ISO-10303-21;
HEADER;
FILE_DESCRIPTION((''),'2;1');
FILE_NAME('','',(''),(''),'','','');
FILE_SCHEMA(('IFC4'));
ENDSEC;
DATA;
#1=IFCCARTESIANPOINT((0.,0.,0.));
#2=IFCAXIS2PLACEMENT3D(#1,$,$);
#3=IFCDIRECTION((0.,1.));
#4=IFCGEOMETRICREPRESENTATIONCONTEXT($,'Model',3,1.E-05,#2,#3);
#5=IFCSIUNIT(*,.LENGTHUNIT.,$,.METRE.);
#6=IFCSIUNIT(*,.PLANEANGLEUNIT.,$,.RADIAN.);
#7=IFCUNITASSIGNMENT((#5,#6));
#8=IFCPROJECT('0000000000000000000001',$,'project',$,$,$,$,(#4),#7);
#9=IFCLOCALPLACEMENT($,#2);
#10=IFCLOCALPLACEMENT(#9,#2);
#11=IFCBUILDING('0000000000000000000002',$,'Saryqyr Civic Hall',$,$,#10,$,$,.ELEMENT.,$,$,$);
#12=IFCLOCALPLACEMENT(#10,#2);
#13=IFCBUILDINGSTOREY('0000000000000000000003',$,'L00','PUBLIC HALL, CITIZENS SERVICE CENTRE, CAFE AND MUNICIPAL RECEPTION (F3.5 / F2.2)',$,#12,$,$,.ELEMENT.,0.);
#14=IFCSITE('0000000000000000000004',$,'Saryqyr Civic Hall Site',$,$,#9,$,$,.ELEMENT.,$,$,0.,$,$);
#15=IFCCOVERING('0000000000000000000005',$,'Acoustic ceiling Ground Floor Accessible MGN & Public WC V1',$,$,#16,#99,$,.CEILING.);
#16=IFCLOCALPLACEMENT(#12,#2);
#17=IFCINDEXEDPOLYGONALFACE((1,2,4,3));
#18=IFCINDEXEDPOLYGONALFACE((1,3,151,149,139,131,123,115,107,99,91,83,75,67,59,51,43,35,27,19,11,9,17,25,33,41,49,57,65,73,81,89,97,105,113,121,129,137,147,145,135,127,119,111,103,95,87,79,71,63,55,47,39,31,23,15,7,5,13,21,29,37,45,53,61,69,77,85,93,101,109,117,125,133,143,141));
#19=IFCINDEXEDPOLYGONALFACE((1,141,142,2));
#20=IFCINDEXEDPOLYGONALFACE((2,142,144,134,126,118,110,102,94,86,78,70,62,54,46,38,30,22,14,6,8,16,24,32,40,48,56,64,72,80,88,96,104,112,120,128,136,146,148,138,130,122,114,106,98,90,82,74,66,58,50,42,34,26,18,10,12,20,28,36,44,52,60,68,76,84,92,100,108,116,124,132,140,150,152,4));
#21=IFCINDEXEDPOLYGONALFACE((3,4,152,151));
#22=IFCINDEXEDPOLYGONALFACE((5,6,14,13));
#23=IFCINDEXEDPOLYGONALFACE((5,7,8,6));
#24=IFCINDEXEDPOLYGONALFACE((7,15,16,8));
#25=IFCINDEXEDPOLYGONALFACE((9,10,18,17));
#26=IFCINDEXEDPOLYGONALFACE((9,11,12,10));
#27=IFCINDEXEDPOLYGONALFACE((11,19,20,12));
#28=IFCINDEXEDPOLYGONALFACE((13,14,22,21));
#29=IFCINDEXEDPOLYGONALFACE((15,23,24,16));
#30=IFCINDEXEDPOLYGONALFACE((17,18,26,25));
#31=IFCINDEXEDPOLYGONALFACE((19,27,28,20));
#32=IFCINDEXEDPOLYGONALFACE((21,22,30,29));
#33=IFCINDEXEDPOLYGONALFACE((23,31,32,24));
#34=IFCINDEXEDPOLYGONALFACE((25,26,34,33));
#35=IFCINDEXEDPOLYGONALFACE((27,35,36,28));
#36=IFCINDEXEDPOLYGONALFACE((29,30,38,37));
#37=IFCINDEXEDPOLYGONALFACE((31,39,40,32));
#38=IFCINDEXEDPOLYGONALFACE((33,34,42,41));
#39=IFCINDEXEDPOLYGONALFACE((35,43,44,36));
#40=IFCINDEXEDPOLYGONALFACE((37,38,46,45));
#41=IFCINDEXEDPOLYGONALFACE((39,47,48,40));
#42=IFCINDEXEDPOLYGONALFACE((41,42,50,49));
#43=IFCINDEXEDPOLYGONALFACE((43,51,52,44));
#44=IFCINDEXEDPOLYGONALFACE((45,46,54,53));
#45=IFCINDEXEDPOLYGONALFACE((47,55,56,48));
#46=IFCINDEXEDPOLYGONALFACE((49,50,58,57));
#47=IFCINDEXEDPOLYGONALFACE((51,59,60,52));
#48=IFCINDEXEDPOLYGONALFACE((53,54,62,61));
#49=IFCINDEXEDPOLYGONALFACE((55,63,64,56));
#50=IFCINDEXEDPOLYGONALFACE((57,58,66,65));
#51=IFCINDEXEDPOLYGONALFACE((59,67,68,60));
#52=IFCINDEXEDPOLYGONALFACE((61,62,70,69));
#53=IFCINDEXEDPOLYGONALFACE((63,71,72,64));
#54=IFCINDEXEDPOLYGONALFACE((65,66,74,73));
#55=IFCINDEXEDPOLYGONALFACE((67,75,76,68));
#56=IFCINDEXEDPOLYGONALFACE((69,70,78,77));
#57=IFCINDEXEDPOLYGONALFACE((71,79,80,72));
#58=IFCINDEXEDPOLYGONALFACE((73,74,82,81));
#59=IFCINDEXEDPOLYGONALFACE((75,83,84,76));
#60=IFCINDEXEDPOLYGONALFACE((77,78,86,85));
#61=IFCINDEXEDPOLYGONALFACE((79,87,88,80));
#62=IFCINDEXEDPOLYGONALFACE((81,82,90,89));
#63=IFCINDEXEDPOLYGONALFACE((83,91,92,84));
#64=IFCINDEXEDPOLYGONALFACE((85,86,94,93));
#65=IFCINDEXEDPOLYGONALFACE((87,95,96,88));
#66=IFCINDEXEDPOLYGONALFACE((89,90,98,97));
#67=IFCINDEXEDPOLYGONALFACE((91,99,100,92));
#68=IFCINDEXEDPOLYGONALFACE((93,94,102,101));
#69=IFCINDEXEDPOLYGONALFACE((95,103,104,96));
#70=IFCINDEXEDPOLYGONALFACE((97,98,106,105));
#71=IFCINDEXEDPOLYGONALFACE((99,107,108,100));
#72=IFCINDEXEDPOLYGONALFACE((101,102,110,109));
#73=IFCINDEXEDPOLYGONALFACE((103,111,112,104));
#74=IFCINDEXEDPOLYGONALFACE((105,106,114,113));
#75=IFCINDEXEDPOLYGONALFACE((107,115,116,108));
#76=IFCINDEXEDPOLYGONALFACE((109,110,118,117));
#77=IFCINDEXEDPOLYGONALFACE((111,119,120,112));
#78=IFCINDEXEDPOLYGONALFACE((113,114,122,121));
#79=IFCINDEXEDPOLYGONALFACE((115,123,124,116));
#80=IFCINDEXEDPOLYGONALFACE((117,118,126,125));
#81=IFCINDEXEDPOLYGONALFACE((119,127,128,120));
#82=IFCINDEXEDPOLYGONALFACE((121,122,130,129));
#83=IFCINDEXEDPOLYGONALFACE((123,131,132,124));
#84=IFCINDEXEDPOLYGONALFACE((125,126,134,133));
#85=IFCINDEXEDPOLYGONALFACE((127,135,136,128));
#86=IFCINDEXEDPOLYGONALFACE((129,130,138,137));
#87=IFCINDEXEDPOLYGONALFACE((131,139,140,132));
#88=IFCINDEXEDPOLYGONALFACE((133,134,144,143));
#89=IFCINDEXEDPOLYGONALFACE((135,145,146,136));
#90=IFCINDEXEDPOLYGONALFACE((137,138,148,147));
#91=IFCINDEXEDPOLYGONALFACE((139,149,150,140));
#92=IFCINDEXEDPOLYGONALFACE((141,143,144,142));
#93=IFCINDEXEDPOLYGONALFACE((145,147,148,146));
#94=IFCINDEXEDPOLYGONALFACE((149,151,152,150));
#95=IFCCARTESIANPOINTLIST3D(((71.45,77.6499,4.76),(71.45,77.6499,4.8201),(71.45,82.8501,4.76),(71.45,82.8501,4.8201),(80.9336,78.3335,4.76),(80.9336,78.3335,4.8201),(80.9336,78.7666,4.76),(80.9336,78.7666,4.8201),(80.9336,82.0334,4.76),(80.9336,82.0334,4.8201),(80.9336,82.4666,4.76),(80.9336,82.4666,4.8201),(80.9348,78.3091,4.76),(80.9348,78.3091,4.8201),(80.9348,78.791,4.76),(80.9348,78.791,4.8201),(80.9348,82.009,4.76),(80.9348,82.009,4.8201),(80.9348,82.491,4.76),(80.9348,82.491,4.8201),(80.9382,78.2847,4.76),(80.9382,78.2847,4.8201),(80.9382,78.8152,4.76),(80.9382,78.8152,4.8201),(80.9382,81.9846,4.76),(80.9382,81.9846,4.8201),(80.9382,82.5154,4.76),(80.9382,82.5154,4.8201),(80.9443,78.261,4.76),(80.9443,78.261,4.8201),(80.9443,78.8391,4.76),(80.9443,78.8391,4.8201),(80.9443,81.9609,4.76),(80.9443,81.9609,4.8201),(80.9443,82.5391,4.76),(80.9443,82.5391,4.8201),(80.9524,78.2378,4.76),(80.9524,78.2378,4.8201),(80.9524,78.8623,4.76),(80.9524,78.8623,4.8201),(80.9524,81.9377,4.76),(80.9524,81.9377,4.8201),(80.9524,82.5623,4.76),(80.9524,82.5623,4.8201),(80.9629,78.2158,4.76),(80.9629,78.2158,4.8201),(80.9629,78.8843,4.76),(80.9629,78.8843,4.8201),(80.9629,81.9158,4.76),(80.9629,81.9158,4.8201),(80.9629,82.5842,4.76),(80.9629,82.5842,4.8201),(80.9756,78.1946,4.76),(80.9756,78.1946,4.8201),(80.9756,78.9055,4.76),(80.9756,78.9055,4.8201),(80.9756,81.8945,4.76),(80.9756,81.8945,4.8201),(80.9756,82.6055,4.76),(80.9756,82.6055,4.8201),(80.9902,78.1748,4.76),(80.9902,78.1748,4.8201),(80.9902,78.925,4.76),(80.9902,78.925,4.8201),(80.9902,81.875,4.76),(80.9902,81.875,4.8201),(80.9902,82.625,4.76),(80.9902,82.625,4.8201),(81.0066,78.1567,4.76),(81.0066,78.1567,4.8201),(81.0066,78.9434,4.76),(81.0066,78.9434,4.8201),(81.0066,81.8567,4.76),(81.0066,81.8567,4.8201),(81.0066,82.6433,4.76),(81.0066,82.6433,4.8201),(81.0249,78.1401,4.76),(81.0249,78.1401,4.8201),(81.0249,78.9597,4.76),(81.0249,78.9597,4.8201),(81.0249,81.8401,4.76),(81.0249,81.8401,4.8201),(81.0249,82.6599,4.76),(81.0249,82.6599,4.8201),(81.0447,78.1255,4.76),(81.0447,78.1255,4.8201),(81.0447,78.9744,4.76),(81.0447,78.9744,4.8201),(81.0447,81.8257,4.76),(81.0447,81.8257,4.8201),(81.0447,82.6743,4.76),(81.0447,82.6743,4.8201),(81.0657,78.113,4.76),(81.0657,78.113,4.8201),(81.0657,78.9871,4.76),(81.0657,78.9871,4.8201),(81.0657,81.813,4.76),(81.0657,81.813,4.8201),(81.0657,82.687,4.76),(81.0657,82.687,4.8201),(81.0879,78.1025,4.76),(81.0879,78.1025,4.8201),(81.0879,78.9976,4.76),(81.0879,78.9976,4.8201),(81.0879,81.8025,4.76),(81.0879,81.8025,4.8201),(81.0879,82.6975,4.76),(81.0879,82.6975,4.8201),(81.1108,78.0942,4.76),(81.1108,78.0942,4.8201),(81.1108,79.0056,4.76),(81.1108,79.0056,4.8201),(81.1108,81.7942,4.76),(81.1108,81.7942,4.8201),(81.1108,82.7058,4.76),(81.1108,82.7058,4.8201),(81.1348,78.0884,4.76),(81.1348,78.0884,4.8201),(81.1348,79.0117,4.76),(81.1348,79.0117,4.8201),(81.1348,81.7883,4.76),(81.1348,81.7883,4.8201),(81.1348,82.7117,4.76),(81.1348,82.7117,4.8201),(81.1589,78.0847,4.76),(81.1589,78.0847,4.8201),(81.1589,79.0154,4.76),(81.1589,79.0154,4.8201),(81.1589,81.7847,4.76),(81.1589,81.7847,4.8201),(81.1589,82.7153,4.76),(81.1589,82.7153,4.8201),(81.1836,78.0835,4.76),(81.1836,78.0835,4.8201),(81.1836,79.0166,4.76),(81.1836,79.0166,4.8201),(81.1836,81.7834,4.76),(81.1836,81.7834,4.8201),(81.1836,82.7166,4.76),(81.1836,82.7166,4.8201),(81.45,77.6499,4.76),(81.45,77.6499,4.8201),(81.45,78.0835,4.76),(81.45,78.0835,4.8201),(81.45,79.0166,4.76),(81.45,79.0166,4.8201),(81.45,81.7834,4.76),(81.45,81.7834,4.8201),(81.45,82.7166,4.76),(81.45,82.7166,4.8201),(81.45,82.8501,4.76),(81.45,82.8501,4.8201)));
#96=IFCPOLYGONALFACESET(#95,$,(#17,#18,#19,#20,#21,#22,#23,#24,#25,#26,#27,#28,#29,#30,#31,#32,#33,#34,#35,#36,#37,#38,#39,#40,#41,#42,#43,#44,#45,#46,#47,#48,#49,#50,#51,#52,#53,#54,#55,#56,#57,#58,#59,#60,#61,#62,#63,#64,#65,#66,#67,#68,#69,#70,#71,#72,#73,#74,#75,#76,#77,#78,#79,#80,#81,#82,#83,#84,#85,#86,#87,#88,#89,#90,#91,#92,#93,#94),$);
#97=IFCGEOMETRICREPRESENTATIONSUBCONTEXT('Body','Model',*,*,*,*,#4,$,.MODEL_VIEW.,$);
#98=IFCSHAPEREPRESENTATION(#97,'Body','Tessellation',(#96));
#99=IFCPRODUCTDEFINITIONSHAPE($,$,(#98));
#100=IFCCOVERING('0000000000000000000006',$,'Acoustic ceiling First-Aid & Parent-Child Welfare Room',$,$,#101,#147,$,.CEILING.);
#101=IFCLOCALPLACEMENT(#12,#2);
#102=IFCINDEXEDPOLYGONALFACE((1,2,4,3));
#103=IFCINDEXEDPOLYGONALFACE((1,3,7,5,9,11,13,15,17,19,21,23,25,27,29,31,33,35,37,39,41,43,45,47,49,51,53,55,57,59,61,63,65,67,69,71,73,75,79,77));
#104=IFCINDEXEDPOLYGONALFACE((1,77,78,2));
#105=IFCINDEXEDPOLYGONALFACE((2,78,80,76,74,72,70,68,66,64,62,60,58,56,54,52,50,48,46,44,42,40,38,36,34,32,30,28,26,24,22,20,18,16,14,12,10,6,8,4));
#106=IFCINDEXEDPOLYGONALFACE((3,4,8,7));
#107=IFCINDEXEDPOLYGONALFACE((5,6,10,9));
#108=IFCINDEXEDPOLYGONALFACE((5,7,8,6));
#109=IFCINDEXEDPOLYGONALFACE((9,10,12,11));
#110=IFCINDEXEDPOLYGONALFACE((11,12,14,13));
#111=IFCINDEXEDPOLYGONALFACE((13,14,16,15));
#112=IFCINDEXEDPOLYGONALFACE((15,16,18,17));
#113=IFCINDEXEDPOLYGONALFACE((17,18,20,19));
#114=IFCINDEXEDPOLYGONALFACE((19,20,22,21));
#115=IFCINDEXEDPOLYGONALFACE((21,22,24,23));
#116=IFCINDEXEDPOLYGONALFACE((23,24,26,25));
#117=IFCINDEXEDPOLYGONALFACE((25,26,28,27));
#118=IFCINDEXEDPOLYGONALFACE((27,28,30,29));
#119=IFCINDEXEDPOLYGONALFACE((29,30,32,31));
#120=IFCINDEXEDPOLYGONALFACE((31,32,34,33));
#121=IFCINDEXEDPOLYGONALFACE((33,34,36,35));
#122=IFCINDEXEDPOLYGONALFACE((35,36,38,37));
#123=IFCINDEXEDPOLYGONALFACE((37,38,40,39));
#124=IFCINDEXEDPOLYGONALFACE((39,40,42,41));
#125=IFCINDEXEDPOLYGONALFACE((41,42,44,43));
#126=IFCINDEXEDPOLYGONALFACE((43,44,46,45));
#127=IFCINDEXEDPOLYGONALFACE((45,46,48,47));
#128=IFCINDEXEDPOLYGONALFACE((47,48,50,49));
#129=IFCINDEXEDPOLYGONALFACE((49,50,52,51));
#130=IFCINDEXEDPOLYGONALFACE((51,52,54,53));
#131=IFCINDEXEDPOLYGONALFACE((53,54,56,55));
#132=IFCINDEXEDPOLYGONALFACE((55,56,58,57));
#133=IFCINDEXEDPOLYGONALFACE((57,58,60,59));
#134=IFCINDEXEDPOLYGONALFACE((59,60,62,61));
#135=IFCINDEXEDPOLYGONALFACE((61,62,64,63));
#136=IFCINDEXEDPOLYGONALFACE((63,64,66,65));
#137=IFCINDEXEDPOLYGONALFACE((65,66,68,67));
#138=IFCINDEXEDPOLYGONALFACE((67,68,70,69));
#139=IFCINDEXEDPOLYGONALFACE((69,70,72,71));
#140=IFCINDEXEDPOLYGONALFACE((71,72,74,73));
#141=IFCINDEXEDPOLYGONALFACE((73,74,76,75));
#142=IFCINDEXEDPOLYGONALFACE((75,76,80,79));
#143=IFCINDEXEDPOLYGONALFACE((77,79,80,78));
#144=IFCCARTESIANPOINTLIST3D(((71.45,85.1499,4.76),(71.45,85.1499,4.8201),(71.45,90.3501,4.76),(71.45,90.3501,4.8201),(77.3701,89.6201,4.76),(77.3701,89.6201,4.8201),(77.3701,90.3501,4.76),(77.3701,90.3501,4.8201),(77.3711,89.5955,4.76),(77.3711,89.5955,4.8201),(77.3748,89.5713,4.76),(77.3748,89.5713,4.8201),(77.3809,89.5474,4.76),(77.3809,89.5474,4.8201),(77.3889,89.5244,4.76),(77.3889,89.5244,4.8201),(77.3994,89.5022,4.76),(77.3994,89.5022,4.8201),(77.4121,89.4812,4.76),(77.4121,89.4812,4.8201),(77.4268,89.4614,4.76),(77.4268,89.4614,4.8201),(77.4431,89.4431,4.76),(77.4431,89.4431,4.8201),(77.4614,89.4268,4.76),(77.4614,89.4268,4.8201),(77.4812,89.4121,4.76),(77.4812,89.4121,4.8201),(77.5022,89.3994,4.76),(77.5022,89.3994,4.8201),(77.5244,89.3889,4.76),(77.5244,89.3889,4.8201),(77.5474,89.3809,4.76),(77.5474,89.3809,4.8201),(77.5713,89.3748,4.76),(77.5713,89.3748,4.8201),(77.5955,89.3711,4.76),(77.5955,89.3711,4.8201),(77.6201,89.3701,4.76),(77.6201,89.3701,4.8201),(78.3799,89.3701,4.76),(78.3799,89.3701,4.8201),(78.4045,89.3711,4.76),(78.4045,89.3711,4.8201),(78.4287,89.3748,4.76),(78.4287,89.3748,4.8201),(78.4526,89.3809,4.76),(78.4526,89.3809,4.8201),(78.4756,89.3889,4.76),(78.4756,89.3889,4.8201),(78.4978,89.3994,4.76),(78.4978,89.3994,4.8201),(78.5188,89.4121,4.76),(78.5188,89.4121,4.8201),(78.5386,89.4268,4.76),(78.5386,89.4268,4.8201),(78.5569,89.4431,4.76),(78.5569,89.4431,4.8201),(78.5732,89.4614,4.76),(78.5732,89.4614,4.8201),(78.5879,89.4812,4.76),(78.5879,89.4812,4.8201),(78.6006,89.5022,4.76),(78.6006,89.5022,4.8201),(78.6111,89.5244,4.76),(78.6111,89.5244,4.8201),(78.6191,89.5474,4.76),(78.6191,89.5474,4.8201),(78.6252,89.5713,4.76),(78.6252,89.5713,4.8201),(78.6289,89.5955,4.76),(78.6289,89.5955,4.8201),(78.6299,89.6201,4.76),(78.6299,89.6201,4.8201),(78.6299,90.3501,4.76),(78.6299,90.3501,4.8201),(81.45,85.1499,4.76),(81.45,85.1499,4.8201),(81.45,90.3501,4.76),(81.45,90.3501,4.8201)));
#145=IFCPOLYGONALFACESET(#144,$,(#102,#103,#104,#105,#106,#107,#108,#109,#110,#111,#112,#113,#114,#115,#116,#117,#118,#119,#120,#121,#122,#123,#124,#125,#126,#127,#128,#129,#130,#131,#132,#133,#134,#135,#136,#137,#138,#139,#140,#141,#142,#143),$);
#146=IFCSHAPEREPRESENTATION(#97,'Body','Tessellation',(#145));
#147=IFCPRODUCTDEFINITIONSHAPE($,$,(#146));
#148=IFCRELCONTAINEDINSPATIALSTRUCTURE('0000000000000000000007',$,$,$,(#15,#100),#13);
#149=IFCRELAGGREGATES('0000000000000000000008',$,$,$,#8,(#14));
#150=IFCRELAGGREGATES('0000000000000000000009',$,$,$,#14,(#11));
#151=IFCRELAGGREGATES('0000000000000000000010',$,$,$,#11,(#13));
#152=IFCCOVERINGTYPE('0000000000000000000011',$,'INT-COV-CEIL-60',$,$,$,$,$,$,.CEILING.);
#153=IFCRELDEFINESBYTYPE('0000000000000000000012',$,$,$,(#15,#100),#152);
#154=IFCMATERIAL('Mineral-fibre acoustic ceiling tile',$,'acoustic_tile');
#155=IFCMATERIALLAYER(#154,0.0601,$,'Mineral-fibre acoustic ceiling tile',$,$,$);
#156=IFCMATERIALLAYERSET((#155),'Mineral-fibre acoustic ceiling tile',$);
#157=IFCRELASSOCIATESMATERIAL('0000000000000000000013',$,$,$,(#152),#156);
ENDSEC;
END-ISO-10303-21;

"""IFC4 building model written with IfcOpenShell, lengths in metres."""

from ifc_helpers import new_model, si_unit, direction, frame, origin, place, context, subcontext, project, spatial, polyline, outline, extrude, material, layer, layer_set, type_object, element, save


model = new_model("IFC4")

# Units and contexts
model_context = context("Model", 3, precision=1e-05, world=origin(), true_north=direction((0.0, 1.0)))
body_context = subcontext(model_context, "Body", "Model", "MODEL_VIEW")
ifc_project = project(units=[si_unit("LENGTHUNIT", "METRE"), si_unit("PLANEANGLEUNIT", "RADIAN")], contexts=[model_context])

# Site, building, storey
site_placement = place(None, origin())
site = spatial("IfcSite", under=ifc_project, at=site_placement, Name="Saryqyr Civic Hall Site", CompositionType="ELEMENT", RefElevation=0.0)
building_placement = place(site_placement, origin())
building = spatial("IfcBuilding", under=site, at=building_placement, Name="Saryqyr Civic Hall", CompositionType="ELEMENT")
storey_placement = place(building_placement, origin())
storey = spatial("IfcBuildingStorey", under=building, at=storey_placement, Name="L00", Description="PUBLIC HALL, CITIZENS SERVICE CENTRE, CAFE AND MUNICIPAL RECEPTION (F3.5 / F2.2)", CompositionType="ELEMENT", Elevation=0.0)

# Coverings
ifc_material_1 = material(Name="Mineral-fibre acoustic ceiling tile", Category="acoustic_tile")
ifc_layer_1 = layer(ifc_material_1, 0.0601, Name="Mineral-fibre acoustic ceiling tile")
ifc_layer_set_1 = layer_set([ifc_layer_1], Name="Mineral-fibre acoustic ceiling tile")
covering_type = type_object("IfcCoveringType", Name="INT-COV-CEIL-60", PredefinedType="CEILING", material=ifc_layer_set_1)
covering_1_placement = place(storey_placement, frame((0.0, 0.0, 4.76)))
element("IfcCovering", 1, at=covering_1_placement, inside=storey, type_object=covering_type, Name="Acoustic ceiling Ground Floor Accessible MGN & Public WC V1", PredefinedType="CEILING", context=body_context, shape_type="SweptSolid", body=[
    extrude(outline(polyline([(81.1836, 82.7166), (81.1589, 82.7153), (81.1348, 82.7117), (81.1108, 82.7058), (81.0879, 82.6975), (81.0657, 82.687), (81.0447, 82.6743), (81.0249, 82.6599), (81.0066, 82.6433), (80.9902, 82.625), (80.9756, 82.6055), (80.9629, 82.5842), (80.9524, 82.5623), (80.9443, 82.5391), (80.9382, 82.5154), (80.9348, 82.491), (80.9336, 82.4666), (80.9336, 82.0334), (80.9348, 82.009), (80.9382, 81.9846), (80.9443, 81.9609), (80.9524, 81.9377), (80.9629, 81.9158), (80.9756, 81.8945), (80.9902, 81.875), (81.0066, 81.8567), (81.0249, 81.8401), (81.0447, 81.8257), (81.0657, 81.813), (81.0879, 81.8025), (81.1108, 81.7942), (81.1348, 81.7883), (81.1589, 81.7847), (81.1836, 81.7834), (81.45, 81.7834), (81.45, 79.0166), (81.1836, 79.0166), (81.1589, 79.0154), (81.1348, 79.0117), (81.1108, 79.0056), (81.0879, 78.9976), (81.0657, 78.9871), (81.0447, 78.9744), (81.0249, 78.9597), (81.0066, 78.9434), (80.9902, 78.925), (80.9756, 78.9055), (80.9629, 78.8843), (80.9524, 78.8623), (80.9443, 78.8391), (80.9382, 78.8152), (80.9348, 78.791), (80.9336, 78.7666), (80.9336, 78.3335), (80.9348, 78.3091), (80.9382, 78.2847), (80.9443, 78.261), (80.9524, 78.2378), (80.9629, 78.2158), (80.9756, 78.1946), (80.9902, 78.1748), (81.0066, 78.1567), (81.0249, 78.1401), (81.0447, 78.1255), (81.0657, 78.113), (81.0879, 78.1025), (81.1108, 78.0942), (81.1348, 78.0884), (81.1589, 78.0847), (81.1836, 78.0835), (81.45, 78.0835), (81.45, 77.6499), (71.45, 77.6499), (71.45, 82.8501), (81.45, 82.8501), (81.45, 82.7166), (81.1836, 82.7166)])), origin(), (0.0, 0.0, 1.0), 0.0601),
])
covering_2_placement = place(storey_placement, frame((0.0, 0.0, 4.76)))
element("IfcCovering", 2, at=covering_2_placement, inside=storey, type_object=covering_type, Name="Acoustic ceiling First-Aid & Parent-Child Welfare Room", PredefinedType="CEILING", context=body_context, shape_type="SweptSolid", body=[
    extrude(outline(polyline([(77.3711, 89.5955), (77.3748, 89.5713), (77.3809, 89.5474), (77.3889, 89.5244), (77.3994, 89.5022), (77.4121, 89.4812), (77.4268, 89.4614), (77.4431, 89.4431), (77.4614, 89.4268), (77.4812, 89.4121), (77.5022, 89.3994), (77.5244, 89.3889), (77.5474, 89.3809), (77.5713, 89.3748), (77.5955, 89.3711), (77.6201, 89.3701), (78.3799, 89.3701), (78.4045, 89.3711), (78.4287, 89.3748), (78.4526, 89.3809), (78.4756, 89.3889), (78.4978, 89.3994), (78.5188, 89.4121), (78.5386, 89.4268), (78.5569, 89.4431), (78.5732, 89.4614), (78.5879, 89.4812), (78.6006, 89.5022), (78.6111, 89.5244), (78.6191, 89.5474), (78.6252, 89.5713), (78.6289, 89.5955), (78.6299, 89.6201), (78.6299, 90.3501), (81.45, 90.3501), (81.45, 85.1499), (71.45, 85.1499), (71.45, 90.3501), (77.3701, 90.3501), (77.3701, 89.6201), (77.3711, 89.5955)])), origin(), (0.0, 0.0, 1.0), 0.0601),
])

save(model, "model.ifc")
